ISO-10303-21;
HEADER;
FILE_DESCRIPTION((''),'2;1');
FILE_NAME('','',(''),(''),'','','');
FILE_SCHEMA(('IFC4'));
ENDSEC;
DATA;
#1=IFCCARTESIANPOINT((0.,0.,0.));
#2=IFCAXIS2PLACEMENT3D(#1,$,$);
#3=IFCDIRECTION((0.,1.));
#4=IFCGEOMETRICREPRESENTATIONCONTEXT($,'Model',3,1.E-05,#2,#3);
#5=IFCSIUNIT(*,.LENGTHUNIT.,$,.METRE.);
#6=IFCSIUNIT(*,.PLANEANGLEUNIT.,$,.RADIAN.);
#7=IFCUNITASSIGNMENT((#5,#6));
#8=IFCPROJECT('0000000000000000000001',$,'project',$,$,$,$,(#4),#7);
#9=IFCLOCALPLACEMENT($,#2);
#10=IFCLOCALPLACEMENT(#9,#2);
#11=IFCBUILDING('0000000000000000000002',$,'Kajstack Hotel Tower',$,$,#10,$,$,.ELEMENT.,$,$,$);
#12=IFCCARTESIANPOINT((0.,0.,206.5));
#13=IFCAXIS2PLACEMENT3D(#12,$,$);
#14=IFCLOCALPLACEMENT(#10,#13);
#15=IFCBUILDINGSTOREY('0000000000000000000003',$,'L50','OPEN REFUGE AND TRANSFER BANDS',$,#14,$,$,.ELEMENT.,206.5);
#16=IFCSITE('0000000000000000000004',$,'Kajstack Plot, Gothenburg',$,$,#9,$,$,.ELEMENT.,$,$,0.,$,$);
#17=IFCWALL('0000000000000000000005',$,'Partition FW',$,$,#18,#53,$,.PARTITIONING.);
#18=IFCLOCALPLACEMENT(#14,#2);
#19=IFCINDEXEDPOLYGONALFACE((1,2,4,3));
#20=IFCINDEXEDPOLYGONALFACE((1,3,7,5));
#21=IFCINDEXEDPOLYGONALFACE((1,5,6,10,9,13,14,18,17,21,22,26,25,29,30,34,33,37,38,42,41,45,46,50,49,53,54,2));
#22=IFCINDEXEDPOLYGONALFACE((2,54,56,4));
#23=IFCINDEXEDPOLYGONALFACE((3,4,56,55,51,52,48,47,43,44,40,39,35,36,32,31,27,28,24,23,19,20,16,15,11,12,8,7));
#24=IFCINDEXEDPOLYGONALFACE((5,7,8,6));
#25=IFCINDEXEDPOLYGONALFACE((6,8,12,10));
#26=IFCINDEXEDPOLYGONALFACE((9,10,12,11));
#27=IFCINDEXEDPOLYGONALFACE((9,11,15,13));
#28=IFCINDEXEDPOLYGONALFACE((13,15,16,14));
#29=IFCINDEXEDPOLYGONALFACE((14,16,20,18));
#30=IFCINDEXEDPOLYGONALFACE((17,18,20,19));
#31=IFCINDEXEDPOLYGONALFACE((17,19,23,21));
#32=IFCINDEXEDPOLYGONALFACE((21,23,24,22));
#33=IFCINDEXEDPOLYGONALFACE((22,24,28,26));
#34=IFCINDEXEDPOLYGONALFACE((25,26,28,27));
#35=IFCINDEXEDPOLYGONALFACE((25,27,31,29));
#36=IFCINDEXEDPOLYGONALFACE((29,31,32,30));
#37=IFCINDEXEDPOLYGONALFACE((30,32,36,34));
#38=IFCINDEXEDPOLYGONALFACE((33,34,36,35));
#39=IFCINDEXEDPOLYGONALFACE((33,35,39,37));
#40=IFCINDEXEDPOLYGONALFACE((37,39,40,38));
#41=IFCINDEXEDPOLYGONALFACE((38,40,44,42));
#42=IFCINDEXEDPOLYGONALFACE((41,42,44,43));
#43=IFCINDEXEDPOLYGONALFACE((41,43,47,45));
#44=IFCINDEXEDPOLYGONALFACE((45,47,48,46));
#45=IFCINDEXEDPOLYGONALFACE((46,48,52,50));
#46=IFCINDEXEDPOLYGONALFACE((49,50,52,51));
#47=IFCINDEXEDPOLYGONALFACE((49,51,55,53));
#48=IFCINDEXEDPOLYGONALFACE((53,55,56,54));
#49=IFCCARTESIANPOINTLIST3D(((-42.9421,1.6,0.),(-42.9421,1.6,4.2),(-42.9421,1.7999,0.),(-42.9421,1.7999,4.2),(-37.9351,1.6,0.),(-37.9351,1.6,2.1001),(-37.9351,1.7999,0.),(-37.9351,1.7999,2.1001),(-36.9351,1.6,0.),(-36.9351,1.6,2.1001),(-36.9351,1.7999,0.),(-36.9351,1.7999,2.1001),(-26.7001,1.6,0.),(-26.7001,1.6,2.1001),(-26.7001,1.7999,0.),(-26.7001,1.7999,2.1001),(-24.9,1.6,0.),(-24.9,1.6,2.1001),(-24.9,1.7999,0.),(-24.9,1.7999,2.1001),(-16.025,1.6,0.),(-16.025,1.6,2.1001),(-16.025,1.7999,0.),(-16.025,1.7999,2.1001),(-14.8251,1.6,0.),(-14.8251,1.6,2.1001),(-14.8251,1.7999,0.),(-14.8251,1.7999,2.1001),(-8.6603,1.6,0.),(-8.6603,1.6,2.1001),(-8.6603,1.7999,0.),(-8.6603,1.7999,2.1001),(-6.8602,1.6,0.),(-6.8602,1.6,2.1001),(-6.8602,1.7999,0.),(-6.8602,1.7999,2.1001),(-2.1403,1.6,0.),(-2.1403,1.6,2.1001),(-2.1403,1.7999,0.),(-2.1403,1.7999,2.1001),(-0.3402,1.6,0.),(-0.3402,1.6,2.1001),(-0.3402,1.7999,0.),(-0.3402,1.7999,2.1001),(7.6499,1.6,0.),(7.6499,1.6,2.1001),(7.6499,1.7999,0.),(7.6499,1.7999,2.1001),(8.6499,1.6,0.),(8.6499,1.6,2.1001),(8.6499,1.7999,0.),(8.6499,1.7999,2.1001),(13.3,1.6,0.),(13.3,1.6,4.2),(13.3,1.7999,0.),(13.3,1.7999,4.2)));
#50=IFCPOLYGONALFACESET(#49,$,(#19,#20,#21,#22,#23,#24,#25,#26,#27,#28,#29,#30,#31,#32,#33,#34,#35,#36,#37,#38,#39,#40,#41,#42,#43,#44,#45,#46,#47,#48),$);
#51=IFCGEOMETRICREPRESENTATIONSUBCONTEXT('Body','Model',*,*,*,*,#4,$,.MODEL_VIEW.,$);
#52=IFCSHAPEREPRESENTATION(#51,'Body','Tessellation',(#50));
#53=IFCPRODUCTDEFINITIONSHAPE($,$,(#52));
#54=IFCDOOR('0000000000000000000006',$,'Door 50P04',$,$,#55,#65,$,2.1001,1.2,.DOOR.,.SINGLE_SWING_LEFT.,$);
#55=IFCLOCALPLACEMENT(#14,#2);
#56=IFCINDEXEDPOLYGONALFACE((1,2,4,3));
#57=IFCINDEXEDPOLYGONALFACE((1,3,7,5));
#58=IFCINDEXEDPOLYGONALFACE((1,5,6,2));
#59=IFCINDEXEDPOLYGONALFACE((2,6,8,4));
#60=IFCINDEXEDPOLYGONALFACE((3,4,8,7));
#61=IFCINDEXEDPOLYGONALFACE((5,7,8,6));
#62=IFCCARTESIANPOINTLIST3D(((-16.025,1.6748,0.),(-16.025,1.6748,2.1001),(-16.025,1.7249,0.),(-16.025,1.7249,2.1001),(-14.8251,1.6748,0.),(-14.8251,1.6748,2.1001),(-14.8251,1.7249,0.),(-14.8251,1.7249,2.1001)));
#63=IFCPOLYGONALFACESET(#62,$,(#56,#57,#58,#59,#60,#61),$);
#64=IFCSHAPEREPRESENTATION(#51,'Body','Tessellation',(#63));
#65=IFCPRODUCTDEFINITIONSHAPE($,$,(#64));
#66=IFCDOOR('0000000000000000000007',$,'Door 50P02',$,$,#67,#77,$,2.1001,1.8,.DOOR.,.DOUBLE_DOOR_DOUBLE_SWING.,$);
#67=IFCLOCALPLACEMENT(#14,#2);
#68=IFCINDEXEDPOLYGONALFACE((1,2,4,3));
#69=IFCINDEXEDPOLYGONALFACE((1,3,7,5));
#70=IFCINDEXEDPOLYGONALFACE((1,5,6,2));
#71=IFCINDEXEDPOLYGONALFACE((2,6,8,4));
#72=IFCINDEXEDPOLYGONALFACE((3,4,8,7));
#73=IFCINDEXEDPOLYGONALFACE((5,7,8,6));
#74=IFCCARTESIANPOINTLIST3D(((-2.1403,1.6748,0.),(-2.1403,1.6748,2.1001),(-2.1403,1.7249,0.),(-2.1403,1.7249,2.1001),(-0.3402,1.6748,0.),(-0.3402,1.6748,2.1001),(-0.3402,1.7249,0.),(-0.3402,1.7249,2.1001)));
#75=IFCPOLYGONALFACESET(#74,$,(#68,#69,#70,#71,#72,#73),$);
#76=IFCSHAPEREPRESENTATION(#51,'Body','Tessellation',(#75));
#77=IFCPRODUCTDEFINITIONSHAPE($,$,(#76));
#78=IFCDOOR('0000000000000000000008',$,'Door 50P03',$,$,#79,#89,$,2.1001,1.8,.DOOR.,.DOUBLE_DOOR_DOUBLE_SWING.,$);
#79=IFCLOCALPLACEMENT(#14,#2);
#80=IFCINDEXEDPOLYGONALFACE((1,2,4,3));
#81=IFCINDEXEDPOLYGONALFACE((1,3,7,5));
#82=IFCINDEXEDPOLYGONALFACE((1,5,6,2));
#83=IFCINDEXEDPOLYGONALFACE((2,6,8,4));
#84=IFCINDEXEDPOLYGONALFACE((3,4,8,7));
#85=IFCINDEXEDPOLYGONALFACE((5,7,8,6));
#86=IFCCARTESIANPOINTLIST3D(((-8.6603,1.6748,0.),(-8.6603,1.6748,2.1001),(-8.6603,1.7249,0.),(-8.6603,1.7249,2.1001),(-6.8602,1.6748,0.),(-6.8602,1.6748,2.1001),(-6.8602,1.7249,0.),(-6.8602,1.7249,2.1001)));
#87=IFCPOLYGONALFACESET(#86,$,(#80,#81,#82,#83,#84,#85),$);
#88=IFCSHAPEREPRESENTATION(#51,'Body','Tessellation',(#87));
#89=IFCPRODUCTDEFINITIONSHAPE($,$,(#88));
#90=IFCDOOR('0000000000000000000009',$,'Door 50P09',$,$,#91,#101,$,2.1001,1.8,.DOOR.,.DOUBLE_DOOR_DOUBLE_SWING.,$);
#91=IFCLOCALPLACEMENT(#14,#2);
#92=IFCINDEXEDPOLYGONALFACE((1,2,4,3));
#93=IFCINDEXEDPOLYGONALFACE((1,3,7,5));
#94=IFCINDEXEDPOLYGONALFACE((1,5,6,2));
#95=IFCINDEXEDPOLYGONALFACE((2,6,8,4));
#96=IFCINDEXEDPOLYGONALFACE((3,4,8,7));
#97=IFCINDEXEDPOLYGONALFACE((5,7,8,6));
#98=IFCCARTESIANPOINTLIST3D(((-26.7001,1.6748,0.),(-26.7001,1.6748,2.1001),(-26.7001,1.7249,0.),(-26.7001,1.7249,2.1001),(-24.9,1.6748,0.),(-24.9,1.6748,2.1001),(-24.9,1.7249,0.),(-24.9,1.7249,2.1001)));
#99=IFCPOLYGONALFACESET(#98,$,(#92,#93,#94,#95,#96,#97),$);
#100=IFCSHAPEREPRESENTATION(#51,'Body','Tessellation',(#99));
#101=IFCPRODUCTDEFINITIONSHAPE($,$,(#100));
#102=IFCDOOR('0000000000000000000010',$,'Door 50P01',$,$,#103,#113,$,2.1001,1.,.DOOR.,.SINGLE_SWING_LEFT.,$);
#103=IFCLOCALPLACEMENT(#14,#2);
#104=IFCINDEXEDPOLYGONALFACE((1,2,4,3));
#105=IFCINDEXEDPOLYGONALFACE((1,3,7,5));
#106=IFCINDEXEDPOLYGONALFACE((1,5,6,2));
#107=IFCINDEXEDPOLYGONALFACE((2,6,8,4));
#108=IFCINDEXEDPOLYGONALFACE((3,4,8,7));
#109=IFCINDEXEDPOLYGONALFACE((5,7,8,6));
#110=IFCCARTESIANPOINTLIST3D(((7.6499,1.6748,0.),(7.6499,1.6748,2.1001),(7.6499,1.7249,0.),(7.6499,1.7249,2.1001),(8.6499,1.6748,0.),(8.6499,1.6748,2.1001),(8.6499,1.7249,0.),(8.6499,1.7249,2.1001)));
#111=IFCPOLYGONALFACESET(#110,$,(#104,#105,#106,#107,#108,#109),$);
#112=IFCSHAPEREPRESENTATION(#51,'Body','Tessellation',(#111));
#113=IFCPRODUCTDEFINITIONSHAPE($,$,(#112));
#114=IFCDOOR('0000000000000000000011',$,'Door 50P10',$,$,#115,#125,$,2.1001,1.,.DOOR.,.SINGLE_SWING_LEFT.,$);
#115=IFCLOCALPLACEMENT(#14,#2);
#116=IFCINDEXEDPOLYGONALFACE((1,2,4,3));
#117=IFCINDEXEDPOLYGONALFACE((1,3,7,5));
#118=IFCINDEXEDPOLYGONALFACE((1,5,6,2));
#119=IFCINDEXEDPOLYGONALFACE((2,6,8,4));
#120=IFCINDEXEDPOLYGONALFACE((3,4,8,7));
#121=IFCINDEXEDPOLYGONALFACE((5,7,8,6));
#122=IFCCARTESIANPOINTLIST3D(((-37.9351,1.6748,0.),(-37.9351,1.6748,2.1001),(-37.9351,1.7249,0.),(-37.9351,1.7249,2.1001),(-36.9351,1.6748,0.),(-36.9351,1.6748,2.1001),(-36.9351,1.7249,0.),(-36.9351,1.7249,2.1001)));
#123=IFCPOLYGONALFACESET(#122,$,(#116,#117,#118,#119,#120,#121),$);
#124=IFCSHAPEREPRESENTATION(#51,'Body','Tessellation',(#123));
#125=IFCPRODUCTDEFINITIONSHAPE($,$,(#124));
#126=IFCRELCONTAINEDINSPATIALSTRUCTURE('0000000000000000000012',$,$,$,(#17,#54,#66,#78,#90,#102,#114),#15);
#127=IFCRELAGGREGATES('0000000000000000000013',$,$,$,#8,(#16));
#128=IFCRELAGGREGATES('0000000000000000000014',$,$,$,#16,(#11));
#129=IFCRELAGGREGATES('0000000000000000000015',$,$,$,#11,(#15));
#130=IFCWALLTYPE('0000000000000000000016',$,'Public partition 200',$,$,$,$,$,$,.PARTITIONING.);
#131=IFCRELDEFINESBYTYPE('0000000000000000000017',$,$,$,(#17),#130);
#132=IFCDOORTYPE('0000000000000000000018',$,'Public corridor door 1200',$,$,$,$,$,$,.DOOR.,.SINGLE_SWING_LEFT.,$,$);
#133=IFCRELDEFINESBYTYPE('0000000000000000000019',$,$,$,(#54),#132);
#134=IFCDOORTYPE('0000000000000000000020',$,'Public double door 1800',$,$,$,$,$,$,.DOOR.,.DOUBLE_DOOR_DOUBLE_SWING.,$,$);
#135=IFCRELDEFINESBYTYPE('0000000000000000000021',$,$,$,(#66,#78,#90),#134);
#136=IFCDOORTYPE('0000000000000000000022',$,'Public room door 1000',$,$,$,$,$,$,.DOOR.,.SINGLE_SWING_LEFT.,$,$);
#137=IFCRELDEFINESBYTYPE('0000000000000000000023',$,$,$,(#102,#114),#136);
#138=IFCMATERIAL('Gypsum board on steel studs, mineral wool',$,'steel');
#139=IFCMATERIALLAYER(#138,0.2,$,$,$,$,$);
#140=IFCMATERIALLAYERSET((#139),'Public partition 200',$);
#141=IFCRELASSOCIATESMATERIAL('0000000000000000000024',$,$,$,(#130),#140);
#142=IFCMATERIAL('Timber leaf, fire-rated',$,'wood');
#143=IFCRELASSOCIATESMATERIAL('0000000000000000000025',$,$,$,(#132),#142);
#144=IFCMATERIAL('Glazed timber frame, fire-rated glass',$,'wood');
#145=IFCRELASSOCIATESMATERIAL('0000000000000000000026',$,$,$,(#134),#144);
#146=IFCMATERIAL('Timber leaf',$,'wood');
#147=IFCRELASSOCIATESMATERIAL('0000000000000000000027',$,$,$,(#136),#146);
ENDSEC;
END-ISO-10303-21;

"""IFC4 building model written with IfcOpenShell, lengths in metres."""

from ifc_helpers import new_model, si_unit, direction, frame, frame_2d, origin, place, context, subcontext, project, spatial, rectangle, extrude, material, layer, layer_set, type_object, element, fill, save


model = new_model("IFC4")

# Units and contexts
model_context = context("Model", 3, precision=1e-05, world=origin(), true_north=direction((0.0, 1.0)))
body_context = subcontext(model_context, "Body", "Model", "MODEL_VIEW")
ifc_project = project(units=[si_unit("LENGTHUNIT", "METRE"), si_unit("PLANEANGLEUNIT", "RADIAN")], contexts=[model_context])

# Site, building, storey
site_placement = place(None, origin())
site = spatial("IfcSite", under=ifc_project, at=site_placement, Name="Kajstack Plot, Gothenburg", CompositionType="ELEMENT", RefElevation=0.0)
building_placement = place(site_placement, origin())
building = spatial("IfcBuilding", under=site, at=building_placement, Name="Kajstack Hotel Tower", CompositionType="ELEMENT")
storey_placement = place(building_placement, frame((0.0, 0.0, 206.5)))
storey = spatial("IfcBuildingStorey", under=building, at=storey_placement, Name="L50", Description="OPEN REFUGE AND TRANSFER BANDS", CompositionType="ELEMENT", Elevation=206.5)

# Wall, openings, doors
ifc_material_1 = material(Name="Gypsum board on steel studs, mineral wool", Category="steel")
ifc_layer_1 = layer(ifc_material_1, 0.2)
ifc_layer_set_1 = layer_set([ifc_layer_1], Name="Public partition 200")
wall_type_1 = type_object("IfcWallType", Name="Public partition 200", PredefinedType="PARTITIONING", material=ifc_layer_set_1)
wall_1_placement = place(storey_placement, frame((-42.9421, 1.7, 0.0), z_axis=(0.0, 0.0, 1.0), x_axis=(1.0, 0.0, 0.0)))
wall_1 = element("IfcWall", 1, at=wall_1_placement, inside=storey, type_object=wall_type_1, Name="Partition FW", PredefinedType="PARTITIONING", context=body_context, shape_type="SweptSolid", body=[
    extrude(rectangle(XDim=56.2422, YDim=0.2, at=frame_2d((28.1211, 0.0))), origin(), (0.0, 0.0, 1.0), 4.2),
])
opening_1_placement = place(wall_1_placement, frame((50.592, 0.0, 0.0)))
opening_1 = element("IfcOpeningElement", 2, at=opening_1_placement, cuts=wall_1, PredefinedType="OPENING", context=body_context, shape_type="SweptSolid", body=[
    extrude(rectangle(XDim=1.0, YDim=2.1001, at=frame_2d((0.5, 1.05))), frame((0.0, 0.1099, 0.0), z_axis=(0.0, -1.0, 0.0), x_axis=(1.0, 0.0, 0.0)), (0.0, 0.0, 1.0), 0.22),
])
opening_2_placement = place(wall_1_placement, frame((40.802, 0.0, 0.0)))
opening_2 = element("IfcOpeningElement", 3, at=opening_2_placement, cuts=wall_1, PredefinedType="OPENING", context=body_context, shape_type="SweptSolid", body=[
    extrude(rectangle(XDim=1.8, YDim=2.1001, at=frame_2d((0.8999, 1.05))), frame((0.0, 0.1099, 0.0), z_axis=(0.0, -1.0, 0.0), x_axis=(1.0, 0.0, 0.0)), (0.0, 0.0, 1.0), 0.22),
])
opening_3_placement = place(wall_1_placement, frame((34.282, 0.0, 0.0)))
opening_3 = element("IfcOpeningElement", 4, at=opening_3_placement, cuts=wall_1, PredefinedType="OPENING", context=body_context, shape_type="SweptSolid", body=[
    extrude(rectangle(XDim=1.8, YDim=2.1001, at=frame_2d((0.8999, 1.05))), frame((0.0, 0.1099, 0.0), z_axis=(0.0, -1.0, 0.0), x_axis=(1.0, 0.0, 0.0)), (0.0, 0.0, 1.0), 0.22),
])
opening_4_placement = place(wall_1_placement, frame((26.917, 0.0, 0.0)))
opening_4 = element("IfcOpeningElement", 5, at=opening_4_placement, cuts=wall_1, PredefinedType="OPENING", context=body_context, shape_type="SweptSolid", body=[
    extrude(rectangle(XDim=1.2, YDim=2.1001, at=frame_2d((0.6001, 1.05))), frame((0.0, 0.1099, 0.0), z_axis=(0.0, -1.0, 0.0), x_axis=(1.0, 0.0, 0.0)), (0.0, 0.0, 1.0), 0.22),
])
opening_5_placement = place(wall_1_placement, frame((16.2422, 0.0, 0.0)))
opening_5 = element("IfcOpeningElement", 6, at=opening_5_placement, cuts=wall_1, PredefinedType="OPENING", context=body_context, shape_type="SweptSolid", body=[
    extrude(rectangle(XDim=1.8, YDim=2.1001, at=frame_2d((0.8999, 1.05))), frame((0.0, 0.1099, 0.0), z_axis=(0.0, -1.0, 0.0), x_axis=(1.0, 0.0, 0.0)), (0.0, 0.0, 1.0), 0.22),
])
opening_6_placement = place(wall_1_placement, frame((5.0071, 0.0, 0.0)))
opening_6 = element("IfcOpeningElement", 7, at=opening_6_placement, cuts=wall_1, PredefinedType="OPENING", context=body_context, shape_type="SweptSolid", body=[
    extrude(rectangle(XDim=1.0, YDim=2.1001, at=frame_2d((0.5, 1.05))), frame((0.0, 0.1099, 0.0), z_axis=(0.0, -1.0, 0.0), x_axis=(1.0, 0.0, 0.0)), (0.0, 0.0, 1.0), 0.22),
])
ifc_material_2 = material(Name="Timber leaf, fire-rated", Category="wood")
door_type_1 = type_object("IfcDoorType", Name="Public corridor door 1200", OperationType="SINGLE_SWING_LEFT", PredefinedType="DOOR", material=ifc_material_2)
door_1_placement = place(opening_4_placement, origin())
door_1 = element("IfcDoor", 8, at=door_1_placement, inside=storey, type_object=door_type_1, Name="Door 50P04", OperationType="SINGLE_SWING_LEFT", OverallHeight=2.1001, OverallWidth=1.2, PredefinedType="DOOR", context=body_context, shape_type="SweptSolid", body=[
    extrude(rectangle(XDim=1.2, YDim=2.1001, at=frame_2d((0.6001, 1.05))), frame((0.0, 0.0249, 0.0), z_axis=(0.0, -1.0, 0.0), x_axis=(1.0, 0.0, 0.0)), (0.0, 0.0, 1.0), 0.05),
])
fill(opening_4, door_1)
ifc_material_3 = material(Name="Glazed timber frame, fire-rated glass", Category="wood")
door_type_2 = type_object("IfcDoorType", Name="Public double door 1800", OperationType="DOUBLE_DOOR_DOUBLE_SWING", PredefinedType="DOOR", material=ifc_material_3)
door_2_placement = place(opening_2_placement, origin())
door_2 = element("IfcDoor", 9, at=door_2_placement, inside=storey, type_object=door_type_2, Name="Door 50P02", OperationType="DOUBLE_DOOR_DOUBLE_SWING", OverallHeight=2.1001, OverallWidth=1.8, PredefinedType="DOOR", context=body_context, shape_type="SweptSolid", body=[
    extrude(rectangle(XDim=1.8, YDim=2.1001, at=frame_2d((0.8999, 1.05))), frame((0.0, 0.0249, 0.0), z_axis=(0.0, -1.0, 0.0), x_axis=(1.0, 0.0, 0.0)), (0.0, 0.0, 1.0), 0.05),
])
fill(opening_2, door_2)
door_3_placement = place(opening_3_placement, origin())
door_3 = element("IfcDoor", 10, at=door_3_placement, inside=storey, type_object=door_type_2, Name="Door 50P03", OperationType="DOUBLE_DOOR_DOUBLE_SWING", OverallHeight=2.1001, OverallWidth=1.8, PredefinedType="DOOR", context=body_context, shape_type="SweptSolid", body=[
    extrude(rectangle(XDim=1.8, YDim=2.1001, at=frame_2d((0.8999, 1.05))), frame((0.0, 0.0249, 0.0), z_axis=(0.0, -1.0, 0.0), x_axis=(1.0, 0.0, 0.0)), (0.0, 0.0, 1.0), 0.05),
])
fill(opening_3, door_3)
door_4_placement = place(opening_5_placement, origin())
door_4 = element("IfcDoor", 11, at=door_4_placement, inside=storey, type_object=door_type_2, Name="Door 50P09", OperationType="DOUBLE_DOOR_DOUBLE_SWING", OverallHeight=2.1001, OverallWidth=1.8, PredefinedType="DOOR", context=body_context, shape_type="SweptSolid", body=[
    extrude(rectangle(XDim=1.8, YDim=2.1001, at=frame_2d((0.8999, 1.05))), frame((0.0, 0.0249, 0.0), z_axis=(0.0, -1.0, 0.0), x_axis=(1.0, 0.0, 0.0)), (0.0, 0.0, 1.0), 0.05),
])
fill(opening_5, door_4)
ifc_material_4 = material(Name="Timber leaf", Category="wood")
door_type_3 = type_object("IfcDoorType", Name="Public room door 1000", OperationType="SINGLE_SWING_LEFT", PredefinedType="DOOR", material=ifc_material_4)
door_5_placement = place(opening_1_placement, origin())
door_5 = element("IfcDoor", 12, at=door_5_placement, inside=storey, type_object=door_type_3, Name="Door 50P01", OperationType="SINGLE_SWING_LEFT", OverallHeight=2.1001, OverallWidth=1.0, PredefinedType="DOOR", context=body_context, shape_type="SweptSolid", body=[
    extrude(rectangle(XDim=1.0, YDim=2.1001, at=frame_2d((0.5, 1.05))), frame((0.0, 0.0249, 0.0), z_axis=(0.0, -1.0, 0.0), x_axis=(1.0, 0.0, 0.0)), (0.0, 0.0, 1.0), 0.05),
])
fill(opening_1, door_5)
door_6_placement = place(opening_6_placement, origin())
door_6 = element("IfcDoor", 13, at=door_6_placement, inside=storey, type_object=door_type_3, Name="Door 50P10", OperationType="SINGLE_SWING_LEFT", OverallHeight=2.1001, OverallWidth=1.0, PredefinedType="DOOR", context=body_context, shape_type="SweptSolid", body=[
    extrude(rectangle(XDim=1.0, YDim=2.1001, at=frame_2d((0.5, 1.05))), frame((0.0, 0.0249, 0.0), z_axis=(0.0, -1.0, 0.0), x_axis=(1.0, 0.0, 0.0)), (0.0, 0.0, 1.0), 0.05),
])
fill(opening_6, door_6)

save(model, "model.ifc")
